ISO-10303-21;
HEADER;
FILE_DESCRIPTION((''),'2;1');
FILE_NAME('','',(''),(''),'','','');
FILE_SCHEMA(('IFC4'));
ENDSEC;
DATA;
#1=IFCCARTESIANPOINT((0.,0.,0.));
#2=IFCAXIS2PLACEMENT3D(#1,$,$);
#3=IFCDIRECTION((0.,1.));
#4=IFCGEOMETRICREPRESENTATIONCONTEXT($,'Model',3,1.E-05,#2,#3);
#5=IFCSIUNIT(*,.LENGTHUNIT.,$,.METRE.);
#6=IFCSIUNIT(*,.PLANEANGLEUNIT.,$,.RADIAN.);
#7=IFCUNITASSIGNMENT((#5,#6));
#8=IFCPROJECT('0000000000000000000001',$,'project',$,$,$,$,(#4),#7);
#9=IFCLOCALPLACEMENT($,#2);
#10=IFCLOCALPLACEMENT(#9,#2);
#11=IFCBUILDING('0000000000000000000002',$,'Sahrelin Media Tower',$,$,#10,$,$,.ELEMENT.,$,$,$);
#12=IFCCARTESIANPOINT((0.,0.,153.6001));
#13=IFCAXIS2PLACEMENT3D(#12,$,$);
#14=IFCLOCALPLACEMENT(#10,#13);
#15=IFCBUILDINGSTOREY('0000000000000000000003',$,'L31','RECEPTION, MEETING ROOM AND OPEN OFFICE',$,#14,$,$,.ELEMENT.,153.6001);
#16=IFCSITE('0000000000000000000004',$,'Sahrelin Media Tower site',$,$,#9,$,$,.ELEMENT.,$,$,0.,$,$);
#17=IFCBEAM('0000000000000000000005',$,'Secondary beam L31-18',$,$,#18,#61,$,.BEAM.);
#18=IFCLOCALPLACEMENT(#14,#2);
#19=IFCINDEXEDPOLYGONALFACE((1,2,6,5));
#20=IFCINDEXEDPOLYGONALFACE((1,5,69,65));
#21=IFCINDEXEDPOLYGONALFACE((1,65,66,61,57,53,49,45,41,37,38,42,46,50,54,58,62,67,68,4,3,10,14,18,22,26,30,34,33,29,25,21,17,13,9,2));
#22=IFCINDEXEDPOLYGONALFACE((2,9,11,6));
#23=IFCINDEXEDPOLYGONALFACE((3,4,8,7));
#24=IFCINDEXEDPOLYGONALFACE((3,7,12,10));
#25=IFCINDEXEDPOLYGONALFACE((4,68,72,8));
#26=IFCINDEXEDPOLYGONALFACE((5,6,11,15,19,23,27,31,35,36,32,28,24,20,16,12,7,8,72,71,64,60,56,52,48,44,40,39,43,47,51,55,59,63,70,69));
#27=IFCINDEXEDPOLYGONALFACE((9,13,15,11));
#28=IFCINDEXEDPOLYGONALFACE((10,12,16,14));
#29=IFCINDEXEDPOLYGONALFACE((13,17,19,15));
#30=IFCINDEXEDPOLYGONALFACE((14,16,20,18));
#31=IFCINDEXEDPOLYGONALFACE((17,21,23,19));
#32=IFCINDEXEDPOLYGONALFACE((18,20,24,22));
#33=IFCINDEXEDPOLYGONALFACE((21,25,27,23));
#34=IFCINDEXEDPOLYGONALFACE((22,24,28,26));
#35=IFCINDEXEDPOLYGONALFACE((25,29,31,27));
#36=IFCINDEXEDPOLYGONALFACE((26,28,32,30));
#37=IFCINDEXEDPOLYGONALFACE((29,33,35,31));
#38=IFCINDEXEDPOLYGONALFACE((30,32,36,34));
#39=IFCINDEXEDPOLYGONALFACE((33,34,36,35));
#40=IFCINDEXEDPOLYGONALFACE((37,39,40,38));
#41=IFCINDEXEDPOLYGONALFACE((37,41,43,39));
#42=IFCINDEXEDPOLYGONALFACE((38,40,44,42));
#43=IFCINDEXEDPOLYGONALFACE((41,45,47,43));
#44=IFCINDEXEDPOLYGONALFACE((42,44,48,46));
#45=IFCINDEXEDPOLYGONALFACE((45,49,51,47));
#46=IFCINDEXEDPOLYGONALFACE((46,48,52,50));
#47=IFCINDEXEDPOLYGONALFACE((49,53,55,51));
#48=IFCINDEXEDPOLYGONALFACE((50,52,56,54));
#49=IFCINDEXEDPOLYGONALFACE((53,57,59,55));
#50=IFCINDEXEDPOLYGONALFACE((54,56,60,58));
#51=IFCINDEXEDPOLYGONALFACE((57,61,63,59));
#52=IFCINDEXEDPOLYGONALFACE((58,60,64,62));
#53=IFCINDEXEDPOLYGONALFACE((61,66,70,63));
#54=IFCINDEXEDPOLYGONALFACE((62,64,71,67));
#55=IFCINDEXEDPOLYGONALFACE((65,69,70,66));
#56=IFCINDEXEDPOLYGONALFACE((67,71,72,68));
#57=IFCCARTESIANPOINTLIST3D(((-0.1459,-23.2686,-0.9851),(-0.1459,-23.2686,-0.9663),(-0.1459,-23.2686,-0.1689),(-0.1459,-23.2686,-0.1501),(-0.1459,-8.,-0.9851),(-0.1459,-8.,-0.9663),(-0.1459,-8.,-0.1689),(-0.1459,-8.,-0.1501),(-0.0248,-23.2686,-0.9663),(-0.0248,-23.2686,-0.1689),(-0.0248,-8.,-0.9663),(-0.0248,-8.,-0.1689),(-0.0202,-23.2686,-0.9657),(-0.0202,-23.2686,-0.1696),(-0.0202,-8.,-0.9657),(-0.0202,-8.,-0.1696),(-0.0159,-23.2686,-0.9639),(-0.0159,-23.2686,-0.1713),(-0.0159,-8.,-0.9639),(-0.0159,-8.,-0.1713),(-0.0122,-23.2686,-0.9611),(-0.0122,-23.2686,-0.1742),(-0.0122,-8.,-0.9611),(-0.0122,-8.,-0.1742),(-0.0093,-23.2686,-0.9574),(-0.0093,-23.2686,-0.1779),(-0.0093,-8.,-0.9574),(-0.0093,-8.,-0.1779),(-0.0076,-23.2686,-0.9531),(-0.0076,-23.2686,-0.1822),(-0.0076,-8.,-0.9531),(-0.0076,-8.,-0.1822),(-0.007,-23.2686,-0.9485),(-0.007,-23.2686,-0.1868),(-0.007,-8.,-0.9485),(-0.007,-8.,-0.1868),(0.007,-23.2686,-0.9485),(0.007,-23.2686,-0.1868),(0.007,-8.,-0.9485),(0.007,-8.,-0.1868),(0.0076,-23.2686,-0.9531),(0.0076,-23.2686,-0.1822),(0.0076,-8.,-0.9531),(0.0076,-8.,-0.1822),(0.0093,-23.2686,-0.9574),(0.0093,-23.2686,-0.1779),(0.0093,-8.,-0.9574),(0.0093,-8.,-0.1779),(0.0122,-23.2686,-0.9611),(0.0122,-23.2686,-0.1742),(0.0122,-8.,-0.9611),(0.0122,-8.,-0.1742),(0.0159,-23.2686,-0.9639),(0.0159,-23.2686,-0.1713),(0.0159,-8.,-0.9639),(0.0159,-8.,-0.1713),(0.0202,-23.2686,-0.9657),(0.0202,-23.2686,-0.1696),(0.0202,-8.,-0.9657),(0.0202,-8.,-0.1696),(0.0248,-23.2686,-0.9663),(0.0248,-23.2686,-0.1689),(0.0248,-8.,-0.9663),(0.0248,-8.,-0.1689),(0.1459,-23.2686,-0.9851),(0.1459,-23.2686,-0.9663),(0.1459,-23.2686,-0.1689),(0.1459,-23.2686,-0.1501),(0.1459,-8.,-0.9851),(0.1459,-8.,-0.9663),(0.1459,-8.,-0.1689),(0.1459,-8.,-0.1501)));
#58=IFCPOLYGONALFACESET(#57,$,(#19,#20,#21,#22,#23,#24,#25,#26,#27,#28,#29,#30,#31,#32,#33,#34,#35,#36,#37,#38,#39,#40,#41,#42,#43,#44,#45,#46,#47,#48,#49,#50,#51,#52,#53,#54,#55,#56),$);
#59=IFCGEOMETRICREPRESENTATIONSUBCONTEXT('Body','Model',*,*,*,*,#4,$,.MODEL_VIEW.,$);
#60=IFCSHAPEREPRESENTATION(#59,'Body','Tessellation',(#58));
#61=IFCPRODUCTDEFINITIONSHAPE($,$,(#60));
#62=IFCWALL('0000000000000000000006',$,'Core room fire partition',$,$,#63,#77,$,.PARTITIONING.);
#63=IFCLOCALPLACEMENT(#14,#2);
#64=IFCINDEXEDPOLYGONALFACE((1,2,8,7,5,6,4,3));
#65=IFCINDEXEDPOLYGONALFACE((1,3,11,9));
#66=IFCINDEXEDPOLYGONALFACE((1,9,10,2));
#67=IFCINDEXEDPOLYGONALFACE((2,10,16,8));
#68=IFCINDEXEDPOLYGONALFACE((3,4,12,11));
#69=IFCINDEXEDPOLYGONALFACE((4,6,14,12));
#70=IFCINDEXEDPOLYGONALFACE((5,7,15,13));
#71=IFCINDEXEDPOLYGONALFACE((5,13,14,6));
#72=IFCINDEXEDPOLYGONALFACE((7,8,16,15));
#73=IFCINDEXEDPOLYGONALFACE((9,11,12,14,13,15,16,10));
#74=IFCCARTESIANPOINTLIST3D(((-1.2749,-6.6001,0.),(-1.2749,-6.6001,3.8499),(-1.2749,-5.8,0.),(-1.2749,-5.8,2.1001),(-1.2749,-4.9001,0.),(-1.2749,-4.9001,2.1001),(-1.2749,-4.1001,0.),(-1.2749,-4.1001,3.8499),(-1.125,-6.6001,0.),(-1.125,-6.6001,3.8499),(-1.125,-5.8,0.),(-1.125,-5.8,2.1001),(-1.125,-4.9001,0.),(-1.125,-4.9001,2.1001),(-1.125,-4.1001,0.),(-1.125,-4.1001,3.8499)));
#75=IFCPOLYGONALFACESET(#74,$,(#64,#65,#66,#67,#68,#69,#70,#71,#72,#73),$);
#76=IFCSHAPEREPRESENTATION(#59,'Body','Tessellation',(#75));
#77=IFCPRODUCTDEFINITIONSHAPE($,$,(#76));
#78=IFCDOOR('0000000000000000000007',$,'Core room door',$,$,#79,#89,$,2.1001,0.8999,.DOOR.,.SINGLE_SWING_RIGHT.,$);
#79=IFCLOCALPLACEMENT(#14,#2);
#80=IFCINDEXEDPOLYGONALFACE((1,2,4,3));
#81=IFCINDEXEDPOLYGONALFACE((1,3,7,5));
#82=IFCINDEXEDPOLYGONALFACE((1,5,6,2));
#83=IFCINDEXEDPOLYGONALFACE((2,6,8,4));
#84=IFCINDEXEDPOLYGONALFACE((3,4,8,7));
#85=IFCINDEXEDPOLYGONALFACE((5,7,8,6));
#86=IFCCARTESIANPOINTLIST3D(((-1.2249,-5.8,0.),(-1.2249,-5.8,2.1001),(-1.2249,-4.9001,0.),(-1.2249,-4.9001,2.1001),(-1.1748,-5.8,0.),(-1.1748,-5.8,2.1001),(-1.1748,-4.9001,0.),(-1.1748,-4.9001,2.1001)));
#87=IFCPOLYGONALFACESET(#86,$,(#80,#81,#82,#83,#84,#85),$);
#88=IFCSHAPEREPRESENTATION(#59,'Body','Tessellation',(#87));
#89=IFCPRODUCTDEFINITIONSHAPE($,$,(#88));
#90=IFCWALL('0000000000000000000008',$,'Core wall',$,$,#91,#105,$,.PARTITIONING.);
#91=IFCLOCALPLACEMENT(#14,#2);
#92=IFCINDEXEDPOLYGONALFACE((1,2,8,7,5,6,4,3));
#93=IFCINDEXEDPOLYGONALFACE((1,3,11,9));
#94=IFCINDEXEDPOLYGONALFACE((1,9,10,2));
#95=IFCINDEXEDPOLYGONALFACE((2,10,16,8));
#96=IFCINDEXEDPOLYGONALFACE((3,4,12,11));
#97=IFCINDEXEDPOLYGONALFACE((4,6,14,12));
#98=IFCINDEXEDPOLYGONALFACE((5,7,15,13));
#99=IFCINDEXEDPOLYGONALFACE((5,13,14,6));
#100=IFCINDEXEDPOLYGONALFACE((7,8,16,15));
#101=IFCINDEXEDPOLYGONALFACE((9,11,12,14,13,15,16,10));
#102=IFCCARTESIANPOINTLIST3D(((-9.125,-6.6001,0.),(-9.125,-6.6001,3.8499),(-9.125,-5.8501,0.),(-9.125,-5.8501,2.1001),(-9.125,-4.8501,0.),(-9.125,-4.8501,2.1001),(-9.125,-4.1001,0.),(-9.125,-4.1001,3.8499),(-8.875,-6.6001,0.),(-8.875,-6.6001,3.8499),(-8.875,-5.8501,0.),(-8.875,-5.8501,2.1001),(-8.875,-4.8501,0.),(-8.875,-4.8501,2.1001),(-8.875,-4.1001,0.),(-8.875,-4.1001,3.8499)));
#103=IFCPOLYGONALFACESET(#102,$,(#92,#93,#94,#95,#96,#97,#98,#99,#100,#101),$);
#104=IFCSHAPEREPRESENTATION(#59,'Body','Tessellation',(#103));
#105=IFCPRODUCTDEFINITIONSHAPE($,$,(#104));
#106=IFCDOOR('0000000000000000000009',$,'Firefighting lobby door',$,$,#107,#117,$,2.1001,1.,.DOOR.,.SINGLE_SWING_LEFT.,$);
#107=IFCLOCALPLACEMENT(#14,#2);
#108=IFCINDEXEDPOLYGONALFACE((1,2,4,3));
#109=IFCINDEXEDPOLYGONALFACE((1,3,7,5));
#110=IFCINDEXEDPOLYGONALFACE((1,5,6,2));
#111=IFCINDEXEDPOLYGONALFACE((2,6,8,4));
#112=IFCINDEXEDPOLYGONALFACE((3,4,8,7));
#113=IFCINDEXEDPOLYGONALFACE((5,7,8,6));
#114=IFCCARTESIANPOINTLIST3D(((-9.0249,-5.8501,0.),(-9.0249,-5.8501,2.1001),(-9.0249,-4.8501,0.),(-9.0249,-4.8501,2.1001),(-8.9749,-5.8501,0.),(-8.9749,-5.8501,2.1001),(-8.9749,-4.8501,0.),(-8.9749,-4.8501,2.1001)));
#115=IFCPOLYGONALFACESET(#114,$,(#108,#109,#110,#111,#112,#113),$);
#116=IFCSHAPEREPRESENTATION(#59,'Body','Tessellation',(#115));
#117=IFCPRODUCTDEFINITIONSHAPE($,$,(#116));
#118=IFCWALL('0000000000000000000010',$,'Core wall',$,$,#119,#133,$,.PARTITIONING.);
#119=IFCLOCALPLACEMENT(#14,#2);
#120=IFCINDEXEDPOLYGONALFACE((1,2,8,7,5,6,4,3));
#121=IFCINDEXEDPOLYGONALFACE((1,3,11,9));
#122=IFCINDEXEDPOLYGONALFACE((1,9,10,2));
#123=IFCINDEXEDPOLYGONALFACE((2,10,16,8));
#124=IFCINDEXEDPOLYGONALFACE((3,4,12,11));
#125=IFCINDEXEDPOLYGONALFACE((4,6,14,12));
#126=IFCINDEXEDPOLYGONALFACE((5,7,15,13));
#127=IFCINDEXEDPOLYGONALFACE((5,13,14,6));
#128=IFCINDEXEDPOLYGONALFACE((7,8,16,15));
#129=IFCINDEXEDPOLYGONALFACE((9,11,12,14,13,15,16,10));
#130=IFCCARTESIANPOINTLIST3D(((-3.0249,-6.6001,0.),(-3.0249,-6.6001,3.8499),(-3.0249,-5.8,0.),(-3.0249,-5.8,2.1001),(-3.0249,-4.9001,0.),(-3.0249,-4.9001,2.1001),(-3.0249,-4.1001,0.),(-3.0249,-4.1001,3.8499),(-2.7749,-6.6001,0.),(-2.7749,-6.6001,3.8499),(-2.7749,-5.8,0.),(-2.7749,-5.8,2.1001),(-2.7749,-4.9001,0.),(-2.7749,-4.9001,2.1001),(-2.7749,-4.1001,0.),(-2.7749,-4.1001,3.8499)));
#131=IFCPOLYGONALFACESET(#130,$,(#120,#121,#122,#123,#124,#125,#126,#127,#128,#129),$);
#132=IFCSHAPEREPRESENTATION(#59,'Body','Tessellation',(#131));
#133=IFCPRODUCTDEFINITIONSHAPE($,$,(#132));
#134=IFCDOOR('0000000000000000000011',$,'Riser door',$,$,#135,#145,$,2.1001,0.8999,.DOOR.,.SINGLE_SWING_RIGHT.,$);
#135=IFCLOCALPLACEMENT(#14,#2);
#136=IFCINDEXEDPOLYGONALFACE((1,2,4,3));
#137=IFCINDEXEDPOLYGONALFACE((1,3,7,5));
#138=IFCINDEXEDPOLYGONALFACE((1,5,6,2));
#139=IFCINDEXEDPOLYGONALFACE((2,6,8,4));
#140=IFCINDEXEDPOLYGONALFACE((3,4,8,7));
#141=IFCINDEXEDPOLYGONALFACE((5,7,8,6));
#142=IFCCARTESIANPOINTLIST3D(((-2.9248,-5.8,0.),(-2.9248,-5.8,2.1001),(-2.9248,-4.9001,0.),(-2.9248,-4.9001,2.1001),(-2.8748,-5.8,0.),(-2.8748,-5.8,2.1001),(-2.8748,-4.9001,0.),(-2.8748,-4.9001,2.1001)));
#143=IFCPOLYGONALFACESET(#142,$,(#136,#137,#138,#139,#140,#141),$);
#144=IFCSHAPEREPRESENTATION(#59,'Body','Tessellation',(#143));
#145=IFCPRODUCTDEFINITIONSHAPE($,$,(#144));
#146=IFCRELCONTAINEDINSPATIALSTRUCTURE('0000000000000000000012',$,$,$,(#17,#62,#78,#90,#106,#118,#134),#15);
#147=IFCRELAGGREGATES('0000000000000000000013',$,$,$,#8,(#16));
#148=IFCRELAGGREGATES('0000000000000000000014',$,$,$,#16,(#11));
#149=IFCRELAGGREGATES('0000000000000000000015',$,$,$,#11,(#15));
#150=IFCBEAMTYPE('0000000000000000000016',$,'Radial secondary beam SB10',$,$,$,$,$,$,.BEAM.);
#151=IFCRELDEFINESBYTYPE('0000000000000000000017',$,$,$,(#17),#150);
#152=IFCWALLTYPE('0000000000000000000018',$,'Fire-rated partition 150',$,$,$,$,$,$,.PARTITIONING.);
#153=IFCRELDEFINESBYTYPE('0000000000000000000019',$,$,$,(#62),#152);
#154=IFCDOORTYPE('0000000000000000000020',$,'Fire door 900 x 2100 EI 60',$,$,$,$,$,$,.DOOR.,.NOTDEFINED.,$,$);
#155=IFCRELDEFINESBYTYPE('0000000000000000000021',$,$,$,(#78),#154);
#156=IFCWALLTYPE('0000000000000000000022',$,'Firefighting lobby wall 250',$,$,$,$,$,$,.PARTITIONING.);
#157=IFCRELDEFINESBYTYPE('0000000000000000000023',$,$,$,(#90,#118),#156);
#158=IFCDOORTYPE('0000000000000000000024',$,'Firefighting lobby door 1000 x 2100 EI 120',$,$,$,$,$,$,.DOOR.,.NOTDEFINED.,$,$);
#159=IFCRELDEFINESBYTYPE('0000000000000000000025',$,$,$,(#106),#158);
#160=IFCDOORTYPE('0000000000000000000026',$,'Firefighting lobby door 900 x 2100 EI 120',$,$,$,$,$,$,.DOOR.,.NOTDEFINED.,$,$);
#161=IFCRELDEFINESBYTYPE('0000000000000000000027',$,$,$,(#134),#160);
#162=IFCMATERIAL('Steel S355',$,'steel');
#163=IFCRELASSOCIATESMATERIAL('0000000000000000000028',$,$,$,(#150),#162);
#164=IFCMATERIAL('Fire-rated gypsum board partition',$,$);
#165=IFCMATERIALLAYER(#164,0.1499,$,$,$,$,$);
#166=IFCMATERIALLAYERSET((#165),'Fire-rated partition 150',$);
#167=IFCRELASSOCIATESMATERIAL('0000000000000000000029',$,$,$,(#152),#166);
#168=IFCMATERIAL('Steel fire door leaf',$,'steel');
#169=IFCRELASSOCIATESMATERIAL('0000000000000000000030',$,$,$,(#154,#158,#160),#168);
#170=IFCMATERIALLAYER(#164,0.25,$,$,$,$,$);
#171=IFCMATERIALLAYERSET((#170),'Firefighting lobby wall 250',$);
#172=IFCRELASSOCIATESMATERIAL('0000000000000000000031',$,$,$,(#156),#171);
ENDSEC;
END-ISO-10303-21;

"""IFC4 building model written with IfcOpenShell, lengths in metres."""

from ifc_helpers import new_model, si_unit, direction, frame, frame_2d, origin, origin_2d, place, context, subcontext, project, spatial, rectangle, i_section, extrude, material, layer, layer_set, material_profile, profile_set, type_object, element, fill, save


model = new_model("IFC4")

# Units and contexts
model_context = context("Model", 3, precision=1e-05, world=origin(), true_north=direction((0.0, 1.0)))
body_context = subcontext(model_context, "Body", "Model", "MODEL_VIEW")
ifc_project = project(units=[si_unit("LENGTHUNIT", "METRE"), si_unit("PLANEANGLEUNIT", "RADIAN")], contexts=[model_context])

# Site, building, storey
site_placement = place(None, origin())
site = spatial("IfcSite", under=ifc_project, at=site_placement, Name="Sahrelin Media Tower site", CompositionType="ELEMENT", RefElevation=0.0)
building_placement = place(site_placement, origin())
building = spatial("IfcBuilding", under=site, at=building_placement, Name="Sahrelin Media Tower", CompositionType="ELEMENT")
storey_placement = place(building_placement, frame((0.0, 0.0, 153.6001)))
storey = spatial("IfcBuildingStorey", under=building, at=storey_placement, Name="L31", Description="RECEPTION, MEETING ROOM AND OPEN OFFICE", CompositionType="ELEMENT", Elevation=153.6001)

# Beam
ifc_material_1 = material(Name="Steel S355", Category="steel")
ifc_material_profile_1 = material_profile(ifc_material_1, i_section(OverallWidth=0.2917, OverallDepth=0.835, WebThickness=0.0139, FlangeThickness=0.0188, FilletRadius=0.0178, at=origin_2d()), Name="UB 838x292x176")
ifc_profile_set_1 = profile_set([ifc_material_profile_1], Name="Steel S355")
beam_type_1 = type_object("IfcBeamType", Name="Radial secondary beam SB10", PredefinedType="BEAM", material=ifc_profile_set_1)
beam_1_placement = place(storey_placement, frame((0.0, -8.0, -0.5676), z_axis=(0.0, -1.0, 0.0), x_axis=(1.0, 0.0, 0.0)))
element("IfcBeam", 1, at=beam_1_placement, inside=storey, type_object=beam_type_1, Name="Secondary beam L31-18", PredefinedType="BEAM", context=body_context, shape_type="SweptSolid", body=[
    extrude(i_section(OverallWidth=0.2917, OverallDepth=0.835, WebThickness=0.0139, FlangeThickness=0.0188, FilletRadius=0.0178, at=origin_2d()), origin(), (0.0, 0.0, 1.0), 15.2686),
])

# Walls, openings, doors
ifc_material_2 = material(Name="Fire-rated gypsum board partition")
ifc_layer_1 = layer(ifc_material_2, 0.1499)
ifc_layer_set_1 = layer_set([ifc_layer_1], Name="Fire-rated partition 150")
wall_type_1 = type_object("IfcWallType", Name="Fire-rated partition 150", PredefinedType="PARTITIONING", material=ifc_layer_set_1)
wall_1_placement = place(storey_placement, frame((-1.2, -6.6001, 0.0), z_axis=(0.0, 0.0, 1.0), x_axis=(0.0, 1.0, 0.0)))
wall_1 = element("IfcWall", 2, at=wall_1_placement, inside=storey, type_object=wall_type_1, Name="Core room fire partition", PredefinedType="PARTITIONING", context=body_context, shape_type="SweptSolid", body=[
    extrude(rectangle(XDim=2.5, YDim=0.1499, at=frame_2d((1.25, 0.0))), origin(), (0.0, 0.0, 1.0), 3.8499),
])
opening_1_placement = place(wall_1_placement, frame((0.8, 0.0, 0.0)))
opening_1 = element("IfcOpeningElement", 3, at=opening_1_placement, cuts=wall_1, PredefinedType="OPENING", context=body_context, shape_type="SweptSolid", body=[
    extrude(rectangle(XDim=0.8999, YDim=2.1001, at=frame_2d((0.45, 1.05))), frame((0.0, 0.075, 0.0), z_axis=(0.0, -1.0, 0.0), x_axis=(1.0, 0.0, 0.0)), (0.0, 0.0, 1.0), 0.1499),
])
ifc_material_3 = material(Name="Steel fire door leaf", Category="steel")
door_type_1 = type_object("IfcDoorType", Name="Fire door 900 x 2100 EI 60", OperationType="NOTDEFINED", PredefinedType="DOOR", material=ifc_material_3)
door_1_placement = place(opening_1_placement, origin())
door_1 = element("IfcDoor", 4, at=door_1_placement, inside=storey, type_object=door_type_1, Name="Core room door", OperationType="SINGLE_SWING_RIGHT", OverallHeight=2.1001, OverallWidth=0.8999, PredefinedType="DOOR", context=body_context, shape_type="SweptSolid", body=[
    extrude(rectangle(XDim=0.8999, YDim=2.1001, at=frame_2d((0.45, 1.05))), frame((0.0, 0.0249, 0.0), z_axis=(0.0, -1.0, 0.0), x_axis=(1.0, 0.0, 0.0)), (0.0, 0.0, 1.0), 0.05),
])
fill(opening_1, door_1)
ifc_layer_2 = layer(ifc_material_2, 0.25)
ifc_layer_set_2 = layer_set([ifc_layer_2], Name="Firefighting lobby wall 250")
wall_type_2 = type_object("IfcWallType", Name="Firefighting lobby wall 250", PredefinedType="PARTITIONING", material=ifc_layer_set_2)
wall_2_placement = place(storey_placement, frame((-9.0, -6.6001, 0.0), z_axis=(0.0, 0.0, 1.0), x_axis=(0.0, 1.0, 0.0)))
wall_2 = element("IfcWall", 5, at=wall_2_placement, inside=storey, type_object=wall_type_2, Name="Core wall", PredefinedType="PARTITIONING", context=body_context, shape_type="SweptSolid", body=[
    extrude(rectangle(XDim=2.5, YDim=0.25, at=frame_2d((1.25, 0.0))), origin(), (0.0, 0.0, 1.0), 3.8499),
])
opening_2_placement = place(wall_2_placement, frame((0.75, 0.0, 0.0)))
opening_2 = element("IfcOpeningElement", 6, at=opening_2_placement, cuts=wall_2, PredefinedType="OPENING", context=body_context, shape_type="SweptSolid", body=[
    extrude(rectangle(XDim=1.0, YDim=2.1001, at=frame_2d((0.5, 1.05))), frame((0.0, 0.125, 0.0), z_axis=(0.0, -1.0, 0.0), x_axis=(1.0, 0.0, 0.0)), (0.0, 0.0, 1.0), 0.25),
])
door_type_2 = type_object("IfcDoorType", Name="Firefighting lobby door 1000 x 2100 EI 120", OperationType="NOTDEFINED", PredefinedType="DOOR", material=ifc_material_3)
door_2_placement = place(opening_2_placement, origin())
door_2 = element("IfcDoor", 7, at=door_2_placement, inside=storey, type_object=door_type_2, Name="Firefighting lobby door", OperationType="SINGLE_SWING_LEFT", OverallHeight=2.1001, OverallWidth=1.0, PredefinedType="DOOR", context=body_context, shape_type="SweptSolid", body=[
    extrude(rectangle(XDim=1.0, YDim=2.1001, at=frame_2d((0.5, 1.05))), frame((0.0, 0.0249, 0.0), z_axis=(0.0, -1.0, 0.0), x_axis=(1.0, 0.0, 0.0)), (0.0, 0.0, 1.0), 0.05),
])
fill(opening_2, door_2)
wall_3_placement = place(storey_placement, frame((-2.8999, -6.6001, 0.0), z_axis=(0.0, 0.0, 1.0), x_axis=(0.0, 1.0, 0.0)))
wall_3 = element("IfcWall", 8, at=wall_3_placement, inside=storey, type_object=wall_type_2, Name="Core wall", PredefinedType="PARTITIONING", context=body_context, shape_type="SweptSolid", body=[
    extrude(rectangle(XDim=2.5, YDim=0.25, at=frame_2d((1.25, 0.0))), origin(), (0.0, 0.0, 1.0), 3.8499),
])
opening_3_placement = place(wall_3_placement, frame((0.8, 0.0, 0.0)))
opening_3 = element("IfcOpeningElement", 9, at=opening_3_placement, cuts=wall_3, PredefinedType="OPENING", context=body_context, shape_type="SweptSolid", body=[
    extrude(rectangle(XDim=0.8999, YDim=2.1001, at=frame_2d((0.45, 1.05))), frame((0.0, 0.125, 0.0), z_axis=(0.0, -1.0, 0.0), x_axis=(1.0, 0.0, 0.0)), (0.0, 0.0, 1.0), 0.25),
])
door_type_3 = type_object("IfcDoorType", Name="Firefighting lobby door 900 x 2100 EI 120", OperationType="NOTDEFINED", PredefinedType="DOOR", material=ifc_material_3)
door_3_placement = place(opening_3_placement, origin())
door_3 = element("IfcDoor", 10, at=door_3_placement, inside=storey, type_object=door_type_3, Name="Riser door", OperationType="SINGLE_SWING_RIGHT", OverallHeight=2.1001, OverallWidth=0.8999, PredefinedType="DOOR", context=body_context, shape_type="SweptSolid", body=[
    extrude(rectangle(XDim=0.8999, YDim=2.1001, at=frame_2d((0.45, 1.05))), frame((0.0, 0.0249, 0.0), z_axis=(0.0, -1.0, 0.0), x_axis=(1.0, 0.0, 0.0)), (0.0, 0.0, 1.0), 0.05),
])
fill(opening_3, door_3)

save(model, "model.ifc")
